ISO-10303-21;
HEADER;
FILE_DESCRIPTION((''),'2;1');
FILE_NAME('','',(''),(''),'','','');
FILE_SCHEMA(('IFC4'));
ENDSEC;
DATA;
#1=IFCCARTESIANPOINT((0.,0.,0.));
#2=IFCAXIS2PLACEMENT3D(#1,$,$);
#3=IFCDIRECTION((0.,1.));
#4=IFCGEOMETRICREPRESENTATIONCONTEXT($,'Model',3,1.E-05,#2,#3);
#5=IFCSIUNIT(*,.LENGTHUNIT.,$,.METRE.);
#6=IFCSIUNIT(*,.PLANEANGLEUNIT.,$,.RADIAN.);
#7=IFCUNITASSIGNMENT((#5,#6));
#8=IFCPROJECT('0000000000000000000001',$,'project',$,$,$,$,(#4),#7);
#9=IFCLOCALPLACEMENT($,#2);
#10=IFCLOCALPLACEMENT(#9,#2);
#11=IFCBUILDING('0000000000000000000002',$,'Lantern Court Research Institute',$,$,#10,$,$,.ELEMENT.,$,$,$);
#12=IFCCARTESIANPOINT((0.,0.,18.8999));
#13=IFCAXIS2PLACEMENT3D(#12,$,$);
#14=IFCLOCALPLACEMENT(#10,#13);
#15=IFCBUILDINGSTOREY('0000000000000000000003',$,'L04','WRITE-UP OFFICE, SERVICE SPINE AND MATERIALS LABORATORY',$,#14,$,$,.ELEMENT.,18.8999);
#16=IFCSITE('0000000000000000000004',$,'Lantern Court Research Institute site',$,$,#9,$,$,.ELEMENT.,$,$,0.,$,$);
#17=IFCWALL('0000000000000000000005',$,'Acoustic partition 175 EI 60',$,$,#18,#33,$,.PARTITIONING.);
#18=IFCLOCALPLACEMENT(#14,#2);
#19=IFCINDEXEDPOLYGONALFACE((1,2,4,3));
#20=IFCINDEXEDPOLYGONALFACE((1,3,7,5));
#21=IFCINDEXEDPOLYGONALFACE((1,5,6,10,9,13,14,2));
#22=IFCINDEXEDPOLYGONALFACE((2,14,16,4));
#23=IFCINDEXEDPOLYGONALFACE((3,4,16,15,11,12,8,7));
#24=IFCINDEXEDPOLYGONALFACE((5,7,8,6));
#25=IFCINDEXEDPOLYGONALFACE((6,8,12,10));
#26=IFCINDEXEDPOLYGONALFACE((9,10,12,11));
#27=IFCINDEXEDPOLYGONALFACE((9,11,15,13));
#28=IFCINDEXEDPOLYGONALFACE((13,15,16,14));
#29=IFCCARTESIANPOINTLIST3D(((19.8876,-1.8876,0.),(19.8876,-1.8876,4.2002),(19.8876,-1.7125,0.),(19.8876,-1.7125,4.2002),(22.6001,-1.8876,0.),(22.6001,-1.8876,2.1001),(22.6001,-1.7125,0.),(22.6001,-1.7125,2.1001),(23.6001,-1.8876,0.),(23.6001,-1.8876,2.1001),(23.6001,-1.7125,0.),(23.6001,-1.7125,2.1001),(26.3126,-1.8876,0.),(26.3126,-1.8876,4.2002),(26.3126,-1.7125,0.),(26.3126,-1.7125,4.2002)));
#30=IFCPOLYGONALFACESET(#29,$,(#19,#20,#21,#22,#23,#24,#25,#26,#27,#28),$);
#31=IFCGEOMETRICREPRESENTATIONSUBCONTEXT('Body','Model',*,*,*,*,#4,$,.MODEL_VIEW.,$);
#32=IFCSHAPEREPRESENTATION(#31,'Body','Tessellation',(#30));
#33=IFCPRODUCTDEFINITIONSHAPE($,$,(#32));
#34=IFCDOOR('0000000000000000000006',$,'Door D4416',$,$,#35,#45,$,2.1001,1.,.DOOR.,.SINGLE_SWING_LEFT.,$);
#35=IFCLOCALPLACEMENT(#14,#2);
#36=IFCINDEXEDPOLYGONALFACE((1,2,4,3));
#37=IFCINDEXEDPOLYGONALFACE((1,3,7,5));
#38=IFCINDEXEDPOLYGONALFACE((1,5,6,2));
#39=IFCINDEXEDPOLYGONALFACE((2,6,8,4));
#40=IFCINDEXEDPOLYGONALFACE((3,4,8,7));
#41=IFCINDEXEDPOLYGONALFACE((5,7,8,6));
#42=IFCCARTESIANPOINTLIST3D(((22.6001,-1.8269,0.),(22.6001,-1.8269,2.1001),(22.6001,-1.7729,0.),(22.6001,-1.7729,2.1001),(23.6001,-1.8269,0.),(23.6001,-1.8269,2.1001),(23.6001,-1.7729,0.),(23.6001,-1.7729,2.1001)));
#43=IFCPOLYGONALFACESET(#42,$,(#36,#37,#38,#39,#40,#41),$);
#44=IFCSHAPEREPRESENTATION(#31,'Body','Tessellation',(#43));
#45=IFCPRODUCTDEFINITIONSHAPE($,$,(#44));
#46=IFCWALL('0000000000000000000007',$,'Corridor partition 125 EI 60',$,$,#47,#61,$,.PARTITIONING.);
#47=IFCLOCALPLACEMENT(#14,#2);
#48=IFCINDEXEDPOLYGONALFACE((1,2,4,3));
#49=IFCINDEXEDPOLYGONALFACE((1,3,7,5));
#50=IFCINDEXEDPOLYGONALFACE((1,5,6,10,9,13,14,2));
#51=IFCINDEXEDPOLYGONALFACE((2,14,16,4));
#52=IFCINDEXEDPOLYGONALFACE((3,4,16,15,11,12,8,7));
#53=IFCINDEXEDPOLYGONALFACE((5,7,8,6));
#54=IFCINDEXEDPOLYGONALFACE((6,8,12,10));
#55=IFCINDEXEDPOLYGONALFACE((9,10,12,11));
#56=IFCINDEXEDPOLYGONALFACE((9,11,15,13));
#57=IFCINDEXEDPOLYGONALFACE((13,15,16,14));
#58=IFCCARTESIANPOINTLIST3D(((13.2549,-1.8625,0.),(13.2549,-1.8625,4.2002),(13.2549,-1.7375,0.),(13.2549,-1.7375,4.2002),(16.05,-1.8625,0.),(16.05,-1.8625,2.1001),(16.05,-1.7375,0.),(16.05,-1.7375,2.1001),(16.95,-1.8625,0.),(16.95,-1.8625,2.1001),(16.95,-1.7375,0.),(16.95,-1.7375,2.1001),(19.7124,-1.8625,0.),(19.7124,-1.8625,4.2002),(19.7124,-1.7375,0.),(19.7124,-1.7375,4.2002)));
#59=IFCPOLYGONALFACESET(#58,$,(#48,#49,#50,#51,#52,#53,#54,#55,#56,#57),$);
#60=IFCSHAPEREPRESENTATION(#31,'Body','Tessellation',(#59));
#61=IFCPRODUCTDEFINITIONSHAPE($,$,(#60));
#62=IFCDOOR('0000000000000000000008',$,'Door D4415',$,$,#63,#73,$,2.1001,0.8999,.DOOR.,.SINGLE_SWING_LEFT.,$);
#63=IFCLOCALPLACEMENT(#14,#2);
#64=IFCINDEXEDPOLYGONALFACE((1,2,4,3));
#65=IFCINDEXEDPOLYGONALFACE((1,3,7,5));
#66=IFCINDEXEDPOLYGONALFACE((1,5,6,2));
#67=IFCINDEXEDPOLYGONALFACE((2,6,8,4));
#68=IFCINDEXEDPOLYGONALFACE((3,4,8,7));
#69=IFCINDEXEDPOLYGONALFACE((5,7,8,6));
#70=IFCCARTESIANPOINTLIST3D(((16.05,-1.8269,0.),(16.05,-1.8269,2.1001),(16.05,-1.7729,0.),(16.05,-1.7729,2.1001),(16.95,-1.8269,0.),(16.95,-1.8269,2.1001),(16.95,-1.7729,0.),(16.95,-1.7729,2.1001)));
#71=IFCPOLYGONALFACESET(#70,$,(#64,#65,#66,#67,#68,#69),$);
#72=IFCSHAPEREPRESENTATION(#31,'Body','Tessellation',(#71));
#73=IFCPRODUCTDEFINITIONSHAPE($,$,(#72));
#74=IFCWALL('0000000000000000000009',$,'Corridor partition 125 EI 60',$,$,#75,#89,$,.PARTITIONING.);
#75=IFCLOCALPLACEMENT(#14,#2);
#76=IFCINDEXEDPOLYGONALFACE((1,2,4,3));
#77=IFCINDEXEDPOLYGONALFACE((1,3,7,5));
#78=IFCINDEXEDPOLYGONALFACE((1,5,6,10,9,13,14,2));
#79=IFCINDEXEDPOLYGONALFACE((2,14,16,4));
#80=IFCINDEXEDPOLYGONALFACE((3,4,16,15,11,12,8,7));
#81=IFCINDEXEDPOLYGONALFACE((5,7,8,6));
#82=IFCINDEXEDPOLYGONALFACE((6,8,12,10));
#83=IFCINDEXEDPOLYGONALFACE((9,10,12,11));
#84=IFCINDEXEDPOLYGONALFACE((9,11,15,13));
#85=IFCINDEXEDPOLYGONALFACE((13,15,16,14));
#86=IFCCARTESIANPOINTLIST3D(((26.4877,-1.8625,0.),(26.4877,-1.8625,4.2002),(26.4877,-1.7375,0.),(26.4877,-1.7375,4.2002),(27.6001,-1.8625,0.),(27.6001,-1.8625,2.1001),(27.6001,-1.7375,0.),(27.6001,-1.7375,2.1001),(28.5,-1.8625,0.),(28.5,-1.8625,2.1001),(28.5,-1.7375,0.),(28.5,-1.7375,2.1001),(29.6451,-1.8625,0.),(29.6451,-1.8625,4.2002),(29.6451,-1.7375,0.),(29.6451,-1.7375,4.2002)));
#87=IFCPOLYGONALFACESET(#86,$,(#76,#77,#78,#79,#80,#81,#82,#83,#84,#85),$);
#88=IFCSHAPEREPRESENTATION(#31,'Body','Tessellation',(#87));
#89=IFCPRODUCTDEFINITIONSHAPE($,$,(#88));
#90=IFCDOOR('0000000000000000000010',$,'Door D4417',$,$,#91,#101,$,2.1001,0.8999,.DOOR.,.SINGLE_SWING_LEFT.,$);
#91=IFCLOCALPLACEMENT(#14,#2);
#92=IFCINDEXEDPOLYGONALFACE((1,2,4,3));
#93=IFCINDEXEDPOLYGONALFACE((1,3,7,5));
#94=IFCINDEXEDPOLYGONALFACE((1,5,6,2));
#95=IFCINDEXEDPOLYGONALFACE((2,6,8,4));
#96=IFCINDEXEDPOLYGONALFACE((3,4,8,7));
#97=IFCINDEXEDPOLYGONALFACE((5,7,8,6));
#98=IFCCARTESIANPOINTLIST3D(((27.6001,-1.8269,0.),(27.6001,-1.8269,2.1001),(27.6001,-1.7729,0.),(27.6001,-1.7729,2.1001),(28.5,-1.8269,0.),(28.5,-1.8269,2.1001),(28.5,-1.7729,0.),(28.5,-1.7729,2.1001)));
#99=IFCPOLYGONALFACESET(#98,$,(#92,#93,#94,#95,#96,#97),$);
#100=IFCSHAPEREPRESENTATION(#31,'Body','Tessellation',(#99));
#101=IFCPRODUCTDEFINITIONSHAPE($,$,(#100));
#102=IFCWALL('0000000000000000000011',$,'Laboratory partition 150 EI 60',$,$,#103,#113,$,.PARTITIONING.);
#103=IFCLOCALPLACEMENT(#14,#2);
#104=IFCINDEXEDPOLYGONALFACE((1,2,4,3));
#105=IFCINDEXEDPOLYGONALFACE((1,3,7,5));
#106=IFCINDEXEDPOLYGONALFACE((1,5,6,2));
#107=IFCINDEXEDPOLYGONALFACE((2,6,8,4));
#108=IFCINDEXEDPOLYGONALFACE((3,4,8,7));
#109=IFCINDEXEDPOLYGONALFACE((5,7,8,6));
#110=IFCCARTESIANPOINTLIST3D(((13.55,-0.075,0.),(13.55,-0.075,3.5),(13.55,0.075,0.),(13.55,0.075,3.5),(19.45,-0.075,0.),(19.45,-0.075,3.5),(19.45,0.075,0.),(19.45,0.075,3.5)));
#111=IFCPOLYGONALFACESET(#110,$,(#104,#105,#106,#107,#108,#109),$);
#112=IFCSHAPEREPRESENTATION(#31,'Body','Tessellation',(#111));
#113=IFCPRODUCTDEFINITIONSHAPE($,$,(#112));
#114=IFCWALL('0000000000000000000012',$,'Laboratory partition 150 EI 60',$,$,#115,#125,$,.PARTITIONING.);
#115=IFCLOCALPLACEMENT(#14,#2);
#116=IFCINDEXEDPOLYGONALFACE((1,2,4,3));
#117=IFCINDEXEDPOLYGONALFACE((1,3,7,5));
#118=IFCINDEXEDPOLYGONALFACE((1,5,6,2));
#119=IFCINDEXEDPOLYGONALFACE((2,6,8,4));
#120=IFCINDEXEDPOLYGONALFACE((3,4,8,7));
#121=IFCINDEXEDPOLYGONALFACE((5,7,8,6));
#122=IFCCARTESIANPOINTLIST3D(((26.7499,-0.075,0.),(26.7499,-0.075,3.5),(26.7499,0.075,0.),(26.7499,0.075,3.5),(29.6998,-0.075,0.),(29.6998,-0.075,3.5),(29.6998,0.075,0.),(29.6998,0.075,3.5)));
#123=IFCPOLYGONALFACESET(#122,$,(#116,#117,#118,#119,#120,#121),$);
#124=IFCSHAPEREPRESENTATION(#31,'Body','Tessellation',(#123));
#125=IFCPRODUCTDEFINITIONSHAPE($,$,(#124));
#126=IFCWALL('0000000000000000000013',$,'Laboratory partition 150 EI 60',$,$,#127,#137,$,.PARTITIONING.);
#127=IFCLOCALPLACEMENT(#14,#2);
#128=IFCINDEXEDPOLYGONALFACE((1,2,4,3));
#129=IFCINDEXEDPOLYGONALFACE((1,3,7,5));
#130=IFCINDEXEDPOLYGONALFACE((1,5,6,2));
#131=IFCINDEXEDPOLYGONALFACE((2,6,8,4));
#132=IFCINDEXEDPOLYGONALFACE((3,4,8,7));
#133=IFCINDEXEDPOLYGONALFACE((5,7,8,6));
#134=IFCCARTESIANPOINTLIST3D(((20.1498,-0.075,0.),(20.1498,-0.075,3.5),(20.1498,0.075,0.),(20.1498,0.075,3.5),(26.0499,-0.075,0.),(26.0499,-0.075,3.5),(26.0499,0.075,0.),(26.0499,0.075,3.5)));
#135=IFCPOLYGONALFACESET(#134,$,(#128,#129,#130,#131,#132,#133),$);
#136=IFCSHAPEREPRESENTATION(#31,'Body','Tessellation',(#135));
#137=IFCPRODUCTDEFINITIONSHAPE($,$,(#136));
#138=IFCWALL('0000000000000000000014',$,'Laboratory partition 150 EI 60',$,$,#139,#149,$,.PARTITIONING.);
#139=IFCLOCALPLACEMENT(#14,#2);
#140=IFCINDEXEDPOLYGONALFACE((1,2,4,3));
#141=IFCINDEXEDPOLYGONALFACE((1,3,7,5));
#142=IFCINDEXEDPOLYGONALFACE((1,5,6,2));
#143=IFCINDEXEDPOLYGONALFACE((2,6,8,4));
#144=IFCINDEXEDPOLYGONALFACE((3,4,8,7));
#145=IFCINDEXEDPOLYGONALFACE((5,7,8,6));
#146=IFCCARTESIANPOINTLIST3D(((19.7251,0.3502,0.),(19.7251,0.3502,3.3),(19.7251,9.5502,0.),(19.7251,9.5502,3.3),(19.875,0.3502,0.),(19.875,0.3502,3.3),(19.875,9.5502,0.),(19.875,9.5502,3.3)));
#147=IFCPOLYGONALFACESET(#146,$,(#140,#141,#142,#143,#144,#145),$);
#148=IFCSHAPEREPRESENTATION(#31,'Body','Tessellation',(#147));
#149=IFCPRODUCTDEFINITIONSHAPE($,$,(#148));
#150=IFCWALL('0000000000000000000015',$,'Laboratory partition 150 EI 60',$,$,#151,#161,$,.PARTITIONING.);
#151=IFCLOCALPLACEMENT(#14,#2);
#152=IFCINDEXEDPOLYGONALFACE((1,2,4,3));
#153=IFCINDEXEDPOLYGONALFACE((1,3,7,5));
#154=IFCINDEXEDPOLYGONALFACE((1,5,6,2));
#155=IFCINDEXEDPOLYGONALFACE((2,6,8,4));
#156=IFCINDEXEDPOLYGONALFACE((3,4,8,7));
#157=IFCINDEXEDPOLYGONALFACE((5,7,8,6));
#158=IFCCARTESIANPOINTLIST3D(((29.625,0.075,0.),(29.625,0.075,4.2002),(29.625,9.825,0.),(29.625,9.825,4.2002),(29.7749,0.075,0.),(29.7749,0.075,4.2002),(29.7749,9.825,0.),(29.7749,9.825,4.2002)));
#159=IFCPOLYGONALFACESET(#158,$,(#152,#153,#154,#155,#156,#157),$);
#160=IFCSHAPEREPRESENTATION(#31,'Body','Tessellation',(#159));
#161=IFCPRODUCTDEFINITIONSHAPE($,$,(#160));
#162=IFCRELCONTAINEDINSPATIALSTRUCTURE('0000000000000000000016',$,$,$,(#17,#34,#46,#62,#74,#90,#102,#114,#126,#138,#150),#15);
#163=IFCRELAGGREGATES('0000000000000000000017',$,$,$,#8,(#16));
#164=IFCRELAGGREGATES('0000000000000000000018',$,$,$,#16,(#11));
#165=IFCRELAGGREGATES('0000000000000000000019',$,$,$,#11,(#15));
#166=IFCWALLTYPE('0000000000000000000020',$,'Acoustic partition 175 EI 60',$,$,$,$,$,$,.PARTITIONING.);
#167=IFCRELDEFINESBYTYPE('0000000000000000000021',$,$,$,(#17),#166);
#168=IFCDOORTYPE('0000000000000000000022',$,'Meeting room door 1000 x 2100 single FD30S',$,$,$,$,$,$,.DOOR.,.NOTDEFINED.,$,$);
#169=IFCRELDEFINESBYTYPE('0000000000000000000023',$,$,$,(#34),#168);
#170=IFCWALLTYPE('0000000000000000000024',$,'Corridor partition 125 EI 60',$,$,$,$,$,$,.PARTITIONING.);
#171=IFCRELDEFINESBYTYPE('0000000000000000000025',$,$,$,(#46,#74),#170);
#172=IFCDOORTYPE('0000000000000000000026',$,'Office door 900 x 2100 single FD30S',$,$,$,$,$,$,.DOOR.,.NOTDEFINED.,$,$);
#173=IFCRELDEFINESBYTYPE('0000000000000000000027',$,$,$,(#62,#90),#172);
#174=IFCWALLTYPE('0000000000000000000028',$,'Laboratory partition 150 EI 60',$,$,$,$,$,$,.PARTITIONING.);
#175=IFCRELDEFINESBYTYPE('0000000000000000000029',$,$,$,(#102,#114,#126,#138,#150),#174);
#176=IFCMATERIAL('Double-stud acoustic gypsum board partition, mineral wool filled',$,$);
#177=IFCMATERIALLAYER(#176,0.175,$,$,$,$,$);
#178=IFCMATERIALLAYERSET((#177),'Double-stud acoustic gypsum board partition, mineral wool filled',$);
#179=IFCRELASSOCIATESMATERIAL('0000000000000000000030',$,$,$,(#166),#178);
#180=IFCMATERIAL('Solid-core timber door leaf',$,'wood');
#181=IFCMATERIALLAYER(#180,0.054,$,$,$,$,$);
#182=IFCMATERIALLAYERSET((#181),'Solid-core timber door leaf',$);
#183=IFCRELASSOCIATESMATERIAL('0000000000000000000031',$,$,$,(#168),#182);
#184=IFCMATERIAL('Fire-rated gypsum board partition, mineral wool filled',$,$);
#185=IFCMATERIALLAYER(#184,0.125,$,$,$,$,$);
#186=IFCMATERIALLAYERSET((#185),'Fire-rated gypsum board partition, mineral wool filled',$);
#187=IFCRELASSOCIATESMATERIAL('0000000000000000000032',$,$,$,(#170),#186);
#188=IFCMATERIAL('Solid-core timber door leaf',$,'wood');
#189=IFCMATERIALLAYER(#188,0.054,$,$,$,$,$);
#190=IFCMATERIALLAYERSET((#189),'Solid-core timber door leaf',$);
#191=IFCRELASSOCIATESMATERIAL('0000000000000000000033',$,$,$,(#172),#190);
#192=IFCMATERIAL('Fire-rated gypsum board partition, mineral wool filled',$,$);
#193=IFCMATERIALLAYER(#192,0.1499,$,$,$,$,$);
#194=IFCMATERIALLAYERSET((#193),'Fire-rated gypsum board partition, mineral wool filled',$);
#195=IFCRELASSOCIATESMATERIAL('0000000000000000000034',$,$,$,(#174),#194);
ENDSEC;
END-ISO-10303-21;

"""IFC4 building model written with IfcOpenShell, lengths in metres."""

from ifc_helpers import new_model, si_unit, direction, frame, frame_2d, origin, place, context, subcontext, project, spatial, rectangle, extrude, material, layer, layer_set, type_object, element, fill, save


model = new_model("IFC4")

# Units and contexts
model_context = context("Model", 3, precision=1e-05, world=origin(), true_north=direction((0.0, 1.0)))
body_context = subcontext(model_context, "Body", "Model", "MODEL_VIEW")
ifc_project = project(units=[si_unit("LENGTHUNIT", "METRE"), si_unit("PLANEANGLEUNIT", "RADIAN")], contexts=[model_context])

# Site, building, storey
site_placement = place(None, origin())
site = spatial("IfcSite", under=ifc_project, at=site_placement, Name="Lantern Court Research Institute site", CompositionType="ELEMENT", RefElevation=0.0)
building_placement = place(site_placement, origin())
building = spatial("IfcBuilding", under=site, at=building_placement, Name="Lantern Court Research Institute", CompositionType="ELEMENT")
storey_placement = place(building_placement, frame((0.0, 0.0, 18.8999)))
storey = spatial("IfcBuildingStorey", under=building, at=storey_placement, Name="L04", Description="WRITE-UP OFFICE, SERVICE SPINE AND MATERIALS LABORATORY", CompositionType="ELEMENT", Elevation=18.8999)

# Shared definitions
ifc_material_1 = material(Name="Double-stud acoustic gypsum board partition, mineral wool filled")
ifc_layer_1 = layer(ifc_material_1, 0.175)
ifc_layer_set_1 = layer_set([ifc_layer_1], Name="Double-stud acoustic gypsum board partition, mineral wool filled")
wall_type_1 = type_object("IfcWallType", Name="Acoustic partition 175 EI 60", PredefinedType="PARTITIONING", material=ifc_layer_set_1)

# Walls, openings, doors
wall_1_placement = place(storey_placement, frame((26.3125, -1.8, 0.0), z_axis=(0.0, 0.0, 1.0), x_axis=(-1.0, 0.0, 0.0)))
wall_1 = element("IfcWall", 1, at=wall_1_placement, inside=storey, type_object=wall_type_1, Name="Acoustic partition 175 EI 60", PredefinedType="PARTITIONING", context=body_context, shape_type="SweptSolid", body=[
    extrude(rectangle(XDim=6.425, YDim=0.175, at=frame_2d((3.2124, 0.0))), origin(), (0.0, 0.0, 1.0), 4.2002),
])
opening_1_placement = place(wall_1_placement, frame((2.7124, 0.0, 0.0)))
opening_1 = element("IfcOpeningElement", 2, at=opening_1_placement, cuts=wall_1, PredefinedType="OPENING", context=body_context, shape_type="SweptSolid", body=[
    extrude(rectangle(XDim=1.0, YDim=2.1001, at=frame_2d((0.5, 1.05))), frame((0.0, 0.0974, 0.0), z_axis=(0.0, -1.0, 0.0), x_axis=(1.0, 0.0, 0.0)), (0.0, 0.0, 1.0), 0.1951),
])
ifc_material_2 = material(Name="Solid-core timber door leaf", Category="wood")
ifc_layer_2 = layer(ifc_material_2, 0.054)
ifc_layer_set_2 = layer_set([ifc_layer_2], Name="Solid-core timber door leaf")
door_type_1 = type_object("IfcDoorType", Name="Meeting room door 1000 x 2100 single FD30S", OperationType="NOTDEFINED", PredefinedType="DOOR", material=ifc_layer_set_2)
door_1_placement = place(opening_1_placement, origin())
door_1 = element("IfcDoor", 3, at=door_1_placement, inside=storey, type_object=door_type_1, Name="Door D4416", OperationType="SINGLE_SWING_LEFT", OverallHeight=2.1001, OverallWidth=1.0, PredefinedType="DOOR", context=body_context, shape_type="SweptSolid", body=[
    extrude(rectangle(XDim=1.0, YDim=2.1001, at=frame_2d((0.5, 1.05))), frame((0.0, 0.0269, 0.0), z_axis=(0.0, -1.0, 0.0), x_axis=(1.0, 0.0, 0.0)), (0.0, 0.0, 1.0), 0.054),
])
fill(opening_1, door_1)
ifc_material_3 = material(Name="Fire-rated gypsum board partition, mineral wool filled")
ifc_layer_3 = layer(ifc_material_3, 0.125)
ifc_layer_set_3 = layer_set([ifc_layer_3], Name="Fire-rated gypsum board partition, mineral wool filled")
wall_type_2 = type_object("IfcWallType", Name="Corridor partition 125 EI 60", PredefinedType="PARTITIONING", material=ifc_layer_set_3)
wall_2_placement = place(storey_placement, frame((19.7124, -1.8, 0.0), z_axis=(0.0, 0.0, 1.0), x_axis=(-1.0, 0.0, 0.0)))
wall_2 = element("IfcWall", 4, at=wall_2_placement, inside=storey, type_object=wall_type_2, Name="Corridor partition 125 EI 60", PredefinedType="PARTITIONING", context=body_context, shape_type="SweptSolid", body=[
    extrude(rectangle(XDim=6.4575, YDim=0.125, at=frame_2d((3.2288, 0.0))), origin(), (0.0, 0.0, 1.0), 4.2002),
])
opening_2_placement = place(wall_2_placement, frame((2.7625, 0.0, 0.0)))
opening_2 = element("IfcOpeningElement", 5, at=opening_2_placement, cuts=wall_2, PredefinedType="OPENING", context=body_context, shape_type="SweptSolid", body=[
    extrude(rectangle(XDim=0.8999, YDim=2.1001, at=frame_2d((0.45, 1.05))), frame((0.0, 0.0725, 0.0), z_axis=(0.0, -1.0, 0.0), x_axis=(1.0, 0.0, 0.0)), (0.0, 0.0, 1.0), 0.145),
])
ifc_material_4 = material(Name="Solid-core timber door leaf", Category="wood")
ifc_layer_4 = layer(ifc_material_4, 0.054)
ifc_layer_set_4 = layer_set([ifc_layer_4], Name="Solid-core timber door leaf")
door_type_2 = type_object("IfcDoorType", Name="Office door 900 x 2100 single FD30S", OperationType="NOTDEFINED", PredefinedType="DOOR", material=ifc_layer_set_4)
door_2_placement = place(opening_2_placement, origin())
door_2 = element("IfcDoor", 6, at=door_2_placement, inside=storey, type_object=door_type_2, Name="Door D4415", OperationType="SINGLE_SWING_LEFT", OverallHeight=2.1001, OverallWidth=0.8999, PredefinedType="DOOR", context=body_context, shape_type="SweptSolid", body=[
    extrude(rectangle(XDim=0.8999, YDim=2.1001, at=frame_2d((0.45, 1.05))), frame((0.0, 0.0269, 0.0), z_axis=(0.0, -1.0, 0.0), x_axis=(1.0, 0.0, 0.0)), (0.0, 0.0, 1.0), 0.054),
])
fill(opening_2, door_2)
wall_3_placement = place(storey_placement, frame((29.645, -1.8, 0.0), z_axis=(0.0, 0.0, 1.0), x_axis=(-1.0, 0.0, 0.0)))
wall_3 = element("IfcWall", 7, at=wall_3_placement, inside=storey, type_object=wall_type_2, Name="Corridor partition 125 EI 60", PredefinedType="PARTITIONING", context=body_context, shape_type="SweptSolid", body=[
    extrude(rectangle(XDim=3.1575, YDim=0.125, at=frame_2d((1.5786, 0.0))), origin(), (0.0, 0.0, 1.0), 4.2002),
])
opening_3_placement = place(wall_3_placement, frame((1.145, 0.0, 0.0)))
opening_3 = element("IfcOpeningElement", 8, at=opening_3_placement, cuts=wall_3, PredefinedType="OPENING", context=body_context, shape_type="SweptSolid", body=[
    extrude(rectangle(XDim=0.8999, YDim=2.1001, at=frame_2d((0.45, 1.05))), frame((0.0, 0.0725, 0.0), z_axis=(0.0, -1.0, 0.0), x_axis=(1.0, 0.0, 0.0)), (0.0, 0.0, 1.0), 0.145),
])
door_3_placement = place(opening_3_placement, origin())
door_3 = element("IfcDoor", 9, at=door_3_placement, inside=storey, type_object=door_type_2, Name="Door D4417", OperationType="SINGLE_SWING_LEFT", OverallHeight=2.1001, OverallWidth=0.8999, PredefinedType="DOOR", context=body_context, shape_type="SweptSolid", body=[
    extrude(rectangle(XDim=0.8999, YDim=2.1001, at=frame_2d((0.45, 1.05))), frame((0.0, 0.0269, 0.0), z_axis=(0.0, -1.0, 0.0), x_axis=(1.0, 0.0, 0.0)), (0.0, 0.0, 1.0), 0.054),
])
fill(opening_3, door_3)
ifc_material_5 = material(Name="Fire-rated gypsum board partition, mineral wool filled")
ifc_layer_5 = layer(ifc_material_5, 0.1499)
ifc_layer_set_5 = layer_set([ifc_layer_5], Name="Fire-rated gypsum board partition, mineral wool filled")
wall_type_3 = type_object("IfcWallType", Name="Laboratory partition 150 EI 60", PredefinedType="PARTITIONING", material=ifc_layer_set_5)

# Walls
wall_4_placement = place(storey_placement, frame((19.45, 0.0, 0.0), z_axis=(0.0, 0.0, 1.0), x_axis=(-1.0, 0.0, 0.0)))
element("IfcWall", 10, at=wall_4_placement, inside=storey, type_object=wall_type_3, Name="Laboratory partition 150 EI 60", PredefinedType="PARTITIONING", context=body_context, shape_type="SweptSolid", body=[
    extrude(rectangle(XDim=5.8999, YDim=0.1499, at=frame_2d((2.95, 0.0))), origin(), (0.0, 0.0, 1.0), 3.5),
])
wall_5_placement = place(storey_placement, frame((29.7, 0.0, 0.0), z_axis=(0.0, 0.0, 1.0), x_axis=(-1.0, 0.0, 0.0)))
element("IfcWall", 11, at=wall_5_placement, inside=storey, type_object=wall_type_3, Name="Laboratory partition 150 EI 60", PredefinedType="PARTITIONING", context=body_context, shape_type="SweptSolid", body=[
    extrude(rectangle(XDim=2.95, YDim=0.1499, at=frame_2d((1.4751, 0.0))), origin(), (0.0, 0.0, 1.0), 3.5),
])
wall_6_placement = place(storey_placement, frame((26.05, 0.0, 0.0), z_axis=(0.0, 0.0, 1.0), x_axis=(-1.0, 0.0, 0.0)))
element("IfcWall", 12, at=wall_6_placement, inside=storey, type_object=wall_type_3, Name="Laboratory partition 150 EI 60", PredefinedType="PARTITIONING", context=body_context, shape_type="SweptSolid", body=[
    extrude(rectangle(XDim=5.9001, YDim=0.1499, at=frame_2d((2.9502, 0.0))), origin(), (0.0, 0.0, 1.0), 3.5),
])
wall_7_placement = place(storey_placement, frame((19.8, 0.3501, 0.0), z_axis=(0.0, 0.0, 1.0), x_axis=(0.0, 1.0, 0.0)))
element("IfcWall", 13, at=wall_7_placement, inside=storey, type_object=wall_type_3, Name="Laboratory partition 150 EI 60", PredefinedType="PARTITIONING", context=body_context, shape_type="SweptSolid", body=[
    extrude(rectangle(XDim=9.2, YDim=0.1499, at=frame_2d((4.6001, 0.0))), origin(), (0.0, 0.0, 1.0), 3.3),
])
wall_8_placement = place(storey_placement, frame((29.7, 0.075, 0.0), z_axis=(0.0, 0.0, 1.0), x_axis=(0.0, 1.0, 0.0)))
element("IfcWall", 14, at=wall_8_placement, inside=storey, type_object=wall_type_3, Name="Laboratory partition 150 EI 60", PredefinedType="PARTITIONING", context=body_context, shape_type="SweptSolid", body=[
    extrude(rectangle(XDim=9.75, YDim=0.1499, at=frame_2d((4.875, 0.0))), origin(), (0.0, 0.0, 1.0), 4.2002),
])

save(model, "model.ifc")
